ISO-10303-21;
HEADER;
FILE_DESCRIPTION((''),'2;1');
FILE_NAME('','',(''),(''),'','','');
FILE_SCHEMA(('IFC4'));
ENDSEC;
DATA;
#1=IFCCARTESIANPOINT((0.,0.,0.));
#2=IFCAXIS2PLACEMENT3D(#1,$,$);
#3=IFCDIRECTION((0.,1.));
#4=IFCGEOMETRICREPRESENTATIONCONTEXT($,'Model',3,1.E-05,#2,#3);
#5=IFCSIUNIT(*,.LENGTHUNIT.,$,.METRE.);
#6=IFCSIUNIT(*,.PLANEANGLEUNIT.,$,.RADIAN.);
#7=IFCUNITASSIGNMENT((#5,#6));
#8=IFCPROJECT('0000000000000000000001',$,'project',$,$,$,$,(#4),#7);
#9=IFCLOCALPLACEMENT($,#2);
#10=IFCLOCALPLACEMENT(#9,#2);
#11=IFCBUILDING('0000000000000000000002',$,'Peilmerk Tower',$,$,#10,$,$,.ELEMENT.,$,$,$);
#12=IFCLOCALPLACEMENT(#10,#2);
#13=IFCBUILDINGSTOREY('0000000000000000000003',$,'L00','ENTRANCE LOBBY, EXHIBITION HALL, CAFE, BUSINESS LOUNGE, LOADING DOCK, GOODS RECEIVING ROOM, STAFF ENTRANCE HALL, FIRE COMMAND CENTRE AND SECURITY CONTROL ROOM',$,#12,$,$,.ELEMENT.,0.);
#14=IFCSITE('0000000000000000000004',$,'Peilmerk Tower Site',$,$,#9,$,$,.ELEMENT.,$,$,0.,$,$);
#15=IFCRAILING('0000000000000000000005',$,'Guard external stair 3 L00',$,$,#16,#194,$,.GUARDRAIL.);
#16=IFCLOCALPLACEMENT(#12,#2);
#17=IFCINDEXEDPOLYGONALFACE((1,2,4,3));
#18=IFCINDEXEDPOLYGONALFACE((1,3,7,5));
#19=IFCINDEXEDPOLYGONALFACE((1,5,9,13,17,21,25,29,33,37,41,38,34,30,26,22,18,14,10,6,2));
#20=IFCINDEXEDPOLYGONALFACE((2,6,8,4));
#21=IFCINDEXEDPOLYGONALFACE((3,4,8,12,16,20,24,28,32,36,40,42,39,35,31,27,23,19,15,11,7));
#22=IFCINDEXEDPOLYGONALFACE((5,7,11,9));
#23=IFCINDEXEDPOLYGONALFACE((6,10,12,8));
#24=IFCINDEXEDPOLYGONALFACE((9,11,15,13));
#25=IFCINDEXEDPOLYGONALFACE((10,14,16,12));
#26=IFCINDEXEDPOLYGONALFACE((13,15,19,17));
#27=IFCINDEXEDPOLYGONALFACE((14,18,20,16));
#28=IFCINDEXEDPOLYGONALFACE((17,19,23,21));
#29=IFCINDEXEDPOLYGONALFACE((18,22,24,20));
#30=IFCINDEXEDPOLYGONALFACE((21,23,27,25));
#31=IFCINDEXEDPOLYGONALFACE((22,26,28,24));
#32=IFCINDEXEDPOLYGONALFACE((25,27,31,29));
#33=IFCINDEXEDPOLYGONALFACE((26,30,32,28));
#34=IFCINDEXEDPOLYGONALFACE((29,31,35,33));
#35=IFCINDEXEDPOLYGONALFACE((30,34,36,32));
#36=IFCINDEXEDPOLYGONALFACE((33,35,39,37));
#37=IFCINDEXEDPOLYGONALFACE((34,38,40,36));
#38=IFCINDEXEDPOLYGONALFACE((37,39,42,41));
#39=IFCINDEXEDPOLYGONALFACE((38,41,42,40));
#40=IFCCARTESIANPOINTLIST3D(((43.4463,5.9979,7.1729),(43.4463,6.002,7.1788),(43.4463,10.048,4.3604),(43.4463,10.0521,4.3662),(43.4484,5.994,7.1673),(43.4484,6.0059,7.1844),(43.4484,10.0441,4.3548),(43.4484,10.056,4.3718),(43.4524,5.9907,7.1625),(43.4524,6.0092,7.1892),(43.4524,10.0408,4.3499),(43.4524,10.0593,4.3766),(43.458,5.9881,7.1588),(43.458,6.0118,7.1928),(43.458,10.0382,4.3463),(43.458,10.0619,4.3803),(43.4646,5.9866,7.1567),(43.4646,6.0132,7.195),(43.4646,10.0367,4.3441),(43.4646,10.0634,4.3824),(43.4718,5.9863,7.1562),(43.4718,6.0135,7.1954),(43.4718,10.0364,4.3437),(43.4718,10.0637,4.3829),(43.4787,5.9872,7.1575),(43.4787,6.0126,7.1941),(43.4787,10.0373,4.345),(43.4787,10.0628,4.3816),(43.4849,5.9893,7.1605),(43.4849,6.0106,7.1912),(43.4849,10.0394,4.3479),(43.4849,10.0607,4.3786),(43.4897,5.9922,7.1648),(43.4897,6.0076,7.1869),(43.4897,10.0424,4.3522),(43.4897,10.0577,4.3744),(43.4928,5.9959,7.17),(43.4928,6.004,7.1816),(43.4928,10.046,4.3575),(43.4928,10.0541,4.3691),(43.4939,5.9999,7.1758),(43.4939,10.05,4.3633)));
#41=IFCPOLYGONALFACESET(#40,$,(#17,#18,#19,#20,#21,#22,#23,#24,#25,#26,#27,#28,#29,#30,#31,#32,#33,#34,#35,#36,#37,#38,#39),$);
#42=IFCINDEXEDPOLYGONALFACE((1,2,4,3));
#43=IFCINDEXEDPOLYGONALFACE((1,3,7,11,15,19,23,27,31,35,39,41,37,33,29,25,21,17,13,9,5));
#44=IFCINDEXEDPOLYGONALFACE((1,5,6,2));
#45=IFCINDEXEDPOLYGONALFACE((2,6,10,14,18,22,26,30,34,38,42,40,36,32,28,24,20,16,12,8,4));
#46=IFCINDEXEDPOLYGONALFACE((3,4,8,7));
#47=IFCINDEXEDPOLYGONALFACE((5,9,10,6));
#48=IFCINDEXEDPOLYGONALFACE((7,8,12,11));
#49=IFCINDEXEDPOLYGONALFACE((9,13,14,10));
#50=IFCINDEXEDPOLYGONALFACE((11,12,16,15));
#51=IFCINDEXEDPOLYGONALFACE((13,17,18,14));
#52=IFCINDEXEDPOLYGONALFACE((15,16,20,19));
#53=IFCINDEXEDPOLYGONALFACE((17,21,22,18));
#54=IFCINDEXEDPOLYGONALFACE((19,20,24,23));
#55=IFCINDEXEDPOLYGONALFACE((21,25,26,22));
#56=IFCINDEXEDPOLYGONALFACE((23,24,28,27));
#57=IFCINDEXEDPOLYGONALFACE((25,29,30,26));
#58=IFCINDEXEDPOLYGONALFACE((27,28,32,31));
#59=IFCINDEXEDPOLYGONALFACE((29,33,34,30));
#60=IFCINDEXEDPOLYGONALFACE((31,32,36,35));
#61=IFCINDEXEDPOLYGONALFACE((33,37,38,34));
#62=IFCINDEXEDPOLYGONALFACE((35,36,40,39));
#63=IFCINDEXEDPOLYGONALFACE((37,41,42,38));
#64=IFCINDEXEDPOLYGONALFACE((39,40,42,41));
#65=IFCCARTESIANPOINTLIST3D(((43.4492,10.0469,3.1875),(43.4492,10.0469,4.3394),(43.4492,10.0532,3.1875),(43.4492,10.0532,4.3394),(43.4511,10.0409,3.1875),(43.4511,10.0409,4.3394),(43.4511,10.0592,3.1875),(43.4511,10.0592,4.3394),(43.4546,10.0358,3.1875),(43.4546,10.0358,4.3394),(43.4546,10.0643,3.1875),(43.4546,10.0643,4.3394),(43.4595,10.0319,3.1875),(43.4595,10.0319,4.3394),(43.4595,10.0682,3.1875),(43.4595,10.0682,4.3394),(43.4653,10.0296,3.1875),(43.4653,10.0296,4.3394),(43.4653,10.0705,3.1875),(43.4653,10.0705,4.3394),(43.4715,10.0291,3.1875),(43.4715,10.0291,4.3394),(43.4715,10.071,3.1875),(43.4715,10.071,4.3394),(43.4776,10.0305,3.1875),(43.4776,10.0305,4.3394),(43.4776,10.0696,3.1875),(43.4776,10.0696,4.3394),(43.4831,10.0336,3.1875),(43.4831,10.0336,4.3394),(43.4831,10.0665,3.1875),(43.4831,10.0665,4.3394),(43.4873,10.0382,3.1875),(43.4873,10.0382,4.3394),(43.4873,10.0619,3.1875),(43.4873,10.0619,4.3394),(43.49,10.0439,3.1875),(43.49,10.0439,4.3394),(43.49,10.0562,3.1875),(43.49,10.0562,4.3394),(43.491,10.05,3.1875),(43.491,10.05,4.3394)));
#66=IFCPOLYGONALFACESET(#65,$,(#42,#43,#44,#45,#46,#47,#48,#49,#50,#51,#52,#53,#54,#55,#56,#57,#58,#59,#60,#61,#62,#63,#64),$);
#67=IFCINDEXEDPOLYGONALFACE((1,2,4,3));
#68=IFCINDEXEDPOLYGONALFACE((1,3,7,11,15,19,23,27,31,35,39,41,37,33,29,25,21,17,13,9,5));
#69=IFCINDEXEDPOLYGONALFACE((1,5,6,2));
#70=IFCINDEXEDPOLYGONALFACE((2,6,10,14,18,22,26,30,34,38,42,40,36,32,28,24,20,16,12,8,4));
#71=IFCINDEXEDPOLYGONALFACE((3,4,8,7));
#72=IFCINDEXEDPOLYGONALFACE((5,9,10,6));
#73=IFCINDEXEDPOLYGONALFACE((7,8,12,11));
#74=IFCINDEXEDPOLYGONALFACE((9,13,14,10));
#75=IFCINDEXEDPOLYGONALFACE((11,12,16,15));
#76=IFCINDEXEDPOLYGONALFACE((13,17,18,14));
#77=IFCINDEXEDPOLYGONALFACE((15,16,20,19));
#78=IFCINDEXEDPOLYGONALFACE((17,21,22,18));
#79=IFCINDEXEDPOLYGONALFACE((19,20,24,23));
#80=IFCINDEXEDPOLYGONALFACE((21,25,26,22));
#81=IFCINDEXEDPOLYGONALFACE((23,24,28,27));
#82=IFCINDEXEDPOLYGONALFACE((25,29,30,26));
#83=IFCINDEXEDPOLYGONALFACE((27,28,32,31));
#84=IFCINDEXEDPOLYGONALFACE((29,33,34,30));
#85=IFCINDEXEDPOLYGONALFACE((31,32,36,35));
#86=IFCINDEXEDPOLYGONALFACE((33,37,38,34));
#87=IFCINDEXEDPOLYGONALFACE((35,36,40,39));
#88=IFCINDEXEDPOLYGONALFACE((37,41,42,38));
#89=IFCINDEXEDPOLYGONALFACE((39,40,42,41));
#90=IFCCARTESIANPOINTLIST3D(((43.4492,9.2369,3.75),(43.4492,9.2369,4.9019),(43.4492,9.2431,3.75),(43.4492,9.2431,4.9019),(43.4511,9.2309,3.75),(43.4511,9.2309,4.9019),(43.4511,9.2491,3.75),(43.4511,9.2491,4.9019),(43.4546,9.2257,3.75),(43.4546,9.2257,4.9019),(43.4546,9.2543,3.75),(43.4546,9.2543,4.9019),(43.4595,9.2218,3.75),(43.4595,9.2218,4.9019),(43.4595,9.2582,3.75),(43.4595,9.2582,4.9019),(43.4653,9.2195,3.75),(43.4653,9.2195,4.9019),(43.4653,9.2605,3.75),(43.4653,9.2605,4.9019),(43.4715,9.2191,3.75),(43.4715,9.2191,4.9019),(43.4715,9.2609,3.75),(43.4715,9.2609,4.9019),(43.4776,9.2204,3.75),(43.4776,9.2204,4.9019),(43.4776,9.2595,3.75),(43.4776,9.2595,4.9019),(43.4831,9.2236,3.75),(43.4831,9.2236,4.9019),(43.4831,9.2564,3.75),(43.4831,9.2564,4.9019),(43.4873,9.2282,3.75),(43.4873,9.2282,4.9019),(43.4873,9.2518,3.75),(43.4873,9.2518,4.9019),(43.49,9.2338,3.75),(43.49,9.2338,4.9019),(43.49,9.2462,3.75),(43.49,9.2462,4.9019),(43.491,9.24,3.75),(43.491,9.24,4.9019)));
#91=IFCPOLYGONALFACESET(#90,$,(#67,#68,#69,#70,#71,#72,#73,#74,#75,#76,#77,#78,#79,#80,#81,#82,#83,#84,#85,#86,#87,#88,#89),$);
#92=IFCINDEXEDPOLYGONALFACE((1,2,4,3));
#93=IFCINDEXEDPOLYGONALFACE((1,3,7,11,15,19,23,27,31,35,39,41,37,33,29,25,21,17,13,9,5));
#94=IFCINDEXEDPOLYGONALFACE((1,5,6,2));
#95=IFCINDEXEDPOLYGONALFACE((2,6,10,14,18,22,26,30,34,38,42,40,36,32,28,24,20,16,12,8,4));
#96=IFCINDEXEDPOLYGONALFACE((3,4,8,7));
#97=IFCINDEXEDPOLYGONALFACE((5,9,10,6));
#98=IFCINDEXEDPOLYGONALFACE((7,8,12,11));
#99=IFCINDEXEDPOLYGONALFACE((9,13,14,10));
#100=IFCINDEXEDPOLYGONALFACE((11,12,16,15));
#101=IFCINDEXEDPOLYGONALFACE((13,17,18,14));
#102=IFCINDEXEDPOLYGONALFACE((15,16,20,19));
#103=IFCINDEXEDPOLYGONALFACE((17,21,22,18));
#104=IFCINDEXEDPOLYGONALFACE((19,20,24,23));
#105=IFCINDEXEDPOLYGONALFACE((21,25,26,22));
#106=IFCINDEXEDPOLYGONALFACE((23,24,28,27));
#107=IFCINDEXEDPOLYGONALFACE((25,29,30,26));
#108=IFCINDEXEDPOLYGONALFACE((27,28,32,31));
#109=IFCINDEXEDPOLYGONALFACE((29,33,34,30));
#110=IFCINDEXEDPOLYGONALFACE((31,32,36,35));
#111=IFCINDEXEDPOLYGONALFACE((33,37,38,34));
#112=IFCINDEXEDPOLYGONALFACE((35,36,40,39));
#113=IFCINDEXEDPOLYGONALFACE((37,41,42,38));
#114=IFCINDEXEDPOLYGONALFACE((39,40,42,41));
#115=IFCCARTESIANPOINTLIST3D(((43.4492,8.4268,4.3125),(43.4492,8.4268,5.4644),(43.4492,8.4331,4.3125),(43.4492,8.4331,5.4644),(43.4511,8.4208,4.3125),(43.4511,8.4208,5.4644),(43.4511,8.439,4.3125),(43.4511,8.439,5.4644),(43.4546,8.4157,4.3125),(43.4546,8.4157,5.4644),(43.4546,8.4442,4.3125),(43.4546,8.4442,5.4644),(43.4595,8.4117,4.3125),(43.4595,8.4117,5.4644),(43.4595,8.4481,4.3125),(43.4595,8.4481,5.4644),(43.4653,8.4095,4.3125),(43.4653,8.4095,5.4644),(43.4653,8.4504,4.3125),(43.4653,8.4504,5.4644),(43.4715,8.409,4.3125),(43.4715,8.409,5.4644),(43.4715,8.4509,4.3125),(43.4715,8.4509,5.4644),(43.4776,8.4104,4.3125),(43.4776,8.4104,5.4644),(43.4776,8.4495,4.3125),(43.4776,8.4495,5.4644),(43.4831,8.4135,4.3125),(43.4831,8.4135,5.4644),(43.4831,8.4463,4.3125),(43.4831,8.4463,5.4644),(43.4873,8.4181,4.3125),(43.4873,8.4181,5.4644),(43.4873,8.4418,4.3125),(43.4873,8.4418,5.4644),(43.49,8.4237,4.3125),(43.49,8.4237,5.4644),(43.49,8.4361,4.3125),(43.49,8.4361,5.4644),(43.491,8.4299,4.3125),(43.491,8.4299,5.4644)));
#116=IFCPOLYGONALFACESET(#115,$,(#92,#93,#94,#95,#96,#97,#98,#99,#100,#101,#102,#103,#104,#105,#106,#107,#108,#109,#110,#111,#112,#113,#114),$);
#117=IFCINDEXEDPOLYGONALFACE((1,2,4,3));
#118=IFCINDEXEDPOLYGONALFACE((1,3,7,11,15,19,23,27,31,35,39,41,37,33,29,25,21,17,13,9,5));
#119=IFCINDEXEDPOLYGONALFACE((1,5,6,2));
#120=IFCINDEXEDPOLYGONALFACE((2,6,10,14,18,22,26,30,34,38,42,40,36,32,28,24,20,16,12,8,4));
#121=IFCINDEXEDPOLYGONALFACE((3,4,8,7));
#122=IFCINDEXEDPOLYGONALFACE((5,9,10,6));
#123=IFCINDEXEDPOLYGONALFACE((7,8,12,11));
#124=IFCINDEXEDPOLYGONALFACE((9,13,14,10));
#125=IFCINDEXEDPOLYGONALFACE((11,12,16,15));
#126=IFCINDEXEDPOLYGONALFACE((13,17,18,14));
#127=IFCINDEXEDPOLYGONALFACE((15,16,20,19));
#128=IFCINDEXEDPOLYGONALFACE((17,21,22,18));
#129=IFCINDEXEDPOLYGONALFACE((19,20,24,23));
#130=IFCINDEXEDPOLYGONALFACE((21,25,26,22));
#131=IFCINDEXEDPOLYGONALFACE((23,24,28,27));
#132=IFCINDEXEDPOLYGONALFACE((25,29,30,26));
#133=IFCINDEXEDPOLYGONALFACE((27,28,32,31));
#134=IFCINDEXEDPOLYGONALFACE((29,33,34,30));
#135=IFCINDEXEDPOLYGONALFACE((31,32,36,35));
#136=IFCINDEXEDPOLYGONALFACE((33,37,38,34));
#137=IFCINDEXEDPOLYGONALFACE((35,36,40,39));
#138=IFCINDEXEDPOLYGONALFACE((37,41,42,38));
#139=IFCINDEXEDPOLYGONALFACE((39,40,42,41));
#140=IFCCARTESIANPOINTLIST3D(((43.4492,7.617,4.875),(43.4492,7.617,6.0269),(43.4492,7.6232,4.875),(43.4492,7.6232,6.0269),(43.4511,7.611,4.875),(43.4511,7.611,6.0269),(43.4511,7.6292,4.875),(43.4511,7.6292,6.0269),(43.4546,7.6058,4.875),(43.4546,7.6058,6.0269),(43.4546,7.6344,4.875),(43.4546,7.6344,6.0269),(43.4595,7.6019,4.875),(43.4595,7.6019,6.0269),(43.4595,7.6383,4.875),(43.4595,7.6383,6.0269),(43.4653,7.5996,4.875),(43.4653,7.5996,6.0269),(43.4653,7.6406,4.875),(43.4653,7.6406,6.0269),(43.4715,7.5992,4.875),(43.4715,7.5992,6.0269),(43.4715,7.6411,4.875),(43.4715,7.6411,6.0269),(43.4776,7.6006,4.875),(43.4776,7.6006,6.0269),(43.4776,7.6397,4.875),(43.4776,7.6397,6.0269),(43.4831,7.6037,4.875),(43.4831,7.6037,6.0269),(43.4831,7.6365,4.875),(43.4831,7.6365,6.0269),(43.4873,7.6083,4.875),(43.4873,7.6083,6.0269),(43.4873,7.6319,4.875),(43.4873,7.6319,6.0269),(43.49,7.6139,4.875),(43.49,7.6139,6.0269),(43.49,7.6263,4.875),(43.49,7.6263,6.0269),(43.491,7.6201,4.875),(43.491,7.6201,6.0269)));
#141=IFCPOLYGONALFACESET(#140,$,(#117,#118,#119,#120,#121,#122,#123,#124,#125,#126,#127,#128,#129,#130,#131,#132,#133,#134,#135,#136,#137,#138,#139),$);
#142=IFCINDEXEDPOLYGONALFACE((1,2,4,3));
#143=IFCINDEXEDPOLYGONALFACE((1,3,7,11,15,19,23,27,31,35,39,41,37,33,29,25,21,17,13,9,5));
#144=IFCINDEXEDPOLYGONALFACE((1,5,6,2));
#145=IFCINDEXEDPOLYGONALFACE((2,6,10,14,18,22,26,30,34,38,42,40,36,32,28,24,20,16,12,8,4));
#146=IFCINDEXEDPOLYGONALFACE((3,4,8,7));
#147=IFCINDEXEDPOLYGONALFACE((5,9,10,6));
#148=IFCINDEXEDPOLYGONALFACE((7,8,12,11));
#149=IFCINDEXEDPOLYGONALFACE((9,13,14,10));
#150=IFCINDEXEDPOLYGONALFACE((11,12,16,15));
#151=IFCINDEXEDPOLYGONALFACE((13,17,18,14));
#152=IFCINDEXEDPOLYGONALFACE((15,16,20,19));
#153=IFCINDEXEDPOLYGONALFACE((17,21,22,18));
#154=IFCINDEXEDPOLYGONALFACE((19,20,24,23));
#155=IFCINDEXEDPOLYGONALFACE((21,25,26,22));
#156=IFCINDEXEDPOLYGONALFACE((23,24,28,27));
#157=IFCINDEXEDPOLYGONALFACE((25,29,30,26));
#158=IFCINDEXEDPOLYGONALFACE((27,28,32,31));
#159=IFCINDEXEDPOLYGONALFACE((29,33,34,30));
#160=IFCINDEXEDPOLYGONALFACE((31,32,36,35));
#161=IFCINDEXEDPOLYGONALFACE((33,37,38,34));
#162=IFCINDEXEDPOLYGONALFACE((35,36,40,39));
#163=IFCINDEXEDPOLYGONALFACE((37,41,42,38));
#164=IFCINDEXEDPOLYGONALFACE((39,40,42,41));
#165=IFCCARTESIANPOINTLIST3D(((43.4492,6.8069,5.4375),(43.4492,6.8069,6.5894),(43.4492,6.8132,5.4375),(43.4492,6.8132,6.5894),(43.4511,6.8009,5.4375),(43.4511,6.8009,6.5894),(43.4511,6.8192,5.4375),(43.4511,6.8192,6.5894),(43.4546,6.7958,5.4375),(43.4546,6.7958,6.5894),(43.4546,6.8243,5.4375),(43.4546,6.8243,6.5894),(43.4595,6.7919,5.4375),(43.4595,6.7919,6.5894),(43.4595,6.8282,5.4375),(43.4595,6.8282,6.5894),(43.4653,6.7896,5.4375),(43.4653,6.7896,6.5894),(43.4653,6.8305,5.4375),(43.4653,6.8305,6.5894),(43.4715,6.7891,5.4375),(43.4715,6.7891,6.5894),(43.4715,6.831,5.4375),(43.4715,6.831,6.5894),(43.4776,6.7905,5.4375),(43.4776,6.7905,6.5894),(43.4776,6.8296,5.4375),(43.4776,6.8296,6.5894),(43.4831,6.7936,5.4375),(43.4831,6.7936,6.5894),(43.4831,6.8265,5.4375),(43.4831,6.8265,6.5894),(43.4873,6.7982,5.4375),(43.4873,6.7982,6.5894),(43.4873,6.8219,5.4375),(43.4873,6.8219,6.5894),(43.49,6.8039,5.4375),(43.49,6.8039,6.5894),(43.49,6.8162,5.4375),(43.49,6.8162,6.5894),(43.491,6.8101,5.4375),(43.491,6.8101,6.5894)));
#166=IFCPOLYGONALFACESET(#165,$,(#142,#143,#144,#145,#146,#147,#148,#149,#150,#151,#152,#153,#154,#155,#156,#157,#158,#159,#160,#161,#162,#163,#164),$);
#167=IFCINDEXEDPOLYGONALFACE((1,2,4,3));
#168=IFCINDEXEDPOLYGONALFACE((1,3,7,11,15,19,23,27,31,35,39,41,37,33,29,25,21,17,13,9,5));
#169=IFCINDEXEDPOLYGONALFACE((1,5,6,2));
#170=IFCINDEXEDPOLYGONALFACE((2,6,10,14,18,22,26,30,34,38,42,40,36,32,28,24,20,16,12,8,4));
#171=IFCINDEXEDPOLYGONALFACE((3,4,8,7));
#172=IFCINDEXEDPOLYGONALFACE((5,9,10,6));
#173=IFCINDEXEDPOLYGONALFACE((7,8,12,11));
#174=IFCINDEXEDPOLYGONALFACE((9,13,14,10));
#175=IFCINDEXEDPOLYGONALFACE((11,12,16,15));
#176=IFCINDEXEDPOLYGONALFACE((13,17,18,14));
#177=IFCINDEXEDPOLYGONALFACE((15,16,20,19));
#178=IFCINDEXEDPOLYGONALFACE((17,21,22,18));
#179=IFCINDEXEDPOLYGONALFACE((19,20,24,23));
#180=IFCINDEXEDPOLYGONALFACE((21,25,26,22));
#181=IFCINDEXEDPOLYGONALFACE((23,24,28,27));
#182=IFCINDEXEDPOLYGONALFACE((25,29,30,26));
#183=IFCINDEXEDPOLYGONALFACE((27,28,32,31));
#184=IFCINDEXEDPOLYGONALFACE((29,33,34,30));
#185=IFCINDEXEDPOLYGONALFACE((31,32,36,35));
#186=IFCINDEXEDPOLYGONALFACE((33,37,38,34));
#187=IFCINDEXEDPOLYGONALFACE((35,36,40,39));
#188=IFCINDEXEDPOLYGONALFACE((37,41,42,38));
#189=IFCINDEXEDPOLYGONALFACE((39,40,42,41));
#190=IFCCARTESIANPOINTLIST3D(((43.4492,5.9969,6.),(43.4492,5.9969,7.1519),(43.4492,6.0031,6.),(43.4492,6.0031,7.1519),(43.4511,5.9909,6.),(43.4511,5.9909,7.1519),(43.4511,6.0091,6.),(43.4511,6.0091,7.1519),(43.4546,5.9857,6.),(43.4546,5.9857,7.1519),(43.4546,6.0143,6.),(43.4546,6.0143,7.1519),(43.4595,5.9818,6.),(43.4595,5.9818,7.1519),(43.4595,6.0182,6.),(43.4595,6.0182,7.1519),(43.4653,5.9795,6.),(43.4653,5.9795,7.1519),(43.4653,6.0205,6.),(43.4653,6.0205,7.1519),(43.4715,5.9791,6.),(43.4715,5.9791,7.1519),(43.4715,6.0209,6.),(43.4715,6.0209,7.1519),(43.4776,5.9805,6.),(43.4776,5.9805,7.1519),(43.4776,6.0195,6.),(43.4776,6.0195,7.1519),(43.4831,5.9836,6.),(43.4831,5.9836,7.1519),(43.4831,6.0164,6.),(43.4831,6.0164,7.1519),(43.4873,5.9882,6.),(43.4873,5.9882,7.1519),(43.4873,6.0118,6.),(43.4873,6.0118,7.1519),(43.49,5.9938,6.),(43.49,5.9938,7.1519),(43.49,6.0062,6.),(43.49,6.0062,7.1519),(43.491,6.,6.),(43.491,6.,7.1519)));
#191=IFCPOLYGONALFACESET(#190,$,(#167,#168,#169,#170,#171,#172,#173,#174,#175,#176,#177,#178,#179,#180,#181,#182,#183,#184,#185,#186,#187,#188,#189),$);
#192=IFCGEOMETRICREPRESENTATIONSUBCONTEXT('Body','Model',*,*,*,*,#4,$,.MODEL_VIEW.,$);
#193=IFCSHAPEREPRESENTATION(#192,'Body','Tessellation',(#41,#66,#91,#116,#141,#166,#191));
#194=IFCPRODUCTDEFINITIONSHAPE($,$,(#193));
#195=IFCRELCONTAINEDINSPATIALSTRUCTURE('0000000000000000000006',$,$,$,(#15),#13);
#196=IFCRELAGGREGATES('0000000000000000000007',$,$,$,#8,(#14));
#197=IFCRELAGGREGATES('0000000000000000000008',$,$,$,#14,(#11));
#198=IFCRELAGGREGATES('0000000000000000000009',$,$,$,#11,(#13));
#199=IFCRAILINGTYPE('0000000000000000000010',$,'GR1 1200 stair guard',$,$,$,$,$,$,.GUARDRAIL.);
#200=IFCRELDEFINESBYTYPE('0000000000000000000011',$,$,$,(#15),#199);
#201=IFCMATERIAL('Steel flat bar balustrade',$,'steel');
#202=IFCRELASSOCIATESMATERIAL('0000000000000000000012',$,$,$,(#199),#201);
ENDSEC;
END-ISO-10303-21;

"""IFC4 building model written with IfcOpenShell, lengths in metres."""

from ifc_helpers import new_model, si_unit, direction, frame, origin, origin_2d, place, context, subcontext, project, spatial, circle, extrude, material, type_object, element, save


model = new_model("IFC4")

# Units and contexts
model_context = context("Model", 3, precision=1e-05, world=origin(), true_north=direction((0.0, 1.0)))
body_context = subcontext(model_context, "Body", "Model", "MODEL_VIEW")
ifc_project = project(units=[si_unit("LENGTHUNIT", "METRE"), si_unit("PLANEANGLEUNIT", "RADIAN")], contexts=[model_context])

# Site, building, storey
site_placement = place(None, origin())
site = spatial("IfcSite", under=ifc_project, at=site_placement, Name="Peilmerk Tower Site", CompositionType="ELEMENT", RefElevation=0.0)
building_placement = place(site_placement, origin())
building = spatial("IfcBuilding", under=site, at=building_placement, Name="Peilmerk Tower", CompositionType="ELEMENT")
storey_placement = place(building_placement, origin())
storey = spatial("IfcBuildingStorey", under=building, at=storey_placement, Name="L00", Description="ENTRANCE LOBBY, EXHIBITION HALL, CAFE, BUSINESS LOUNGE, LOADING DOCK, GOODS RECEIVING ROOM, STAFF ENTRANCE HALL, FIRE COMMAND CENTRE AND SECURITY CONTROL ROOM", CompositionType="ELEMENT", Elevation=0.0)

# Railing
ifc_material_1 = material(Name="Steel flat bar balustrade", Category="steel")
railing_type_1 = type_object("IfcRailingType", Name="GR1 1200 stair guard", PredefinedType="GUARDRAIL", material=ifc_material_1)
for number, where, name in (
    (1, (43.47, 10.05, 3.1875), "Guard external stair 3 L00"),
):
    element("IfcRailing", number, at=place(storey_placement, frame(where)), inside=storey, type_object=railing_type_1, Name=name, PredefinedType="GUARDRAIL", context=body_context, shape_type="SweptSolid", body=[
        extrude(circle(Radius=0.0239, at=origin_2d()), frame((0.0, 0.0, 1.1758), z_axis=(0.0, -0.821373, 0.570391), x_axis=(1.0, 0.0, 0.0)), (0.0, 0.0, 1.0), 4.9309),
        extrude(circle(Radius=0.021, at=origin_2d()), origin(), (0.0, 0.0, 1.0), 1.1519),
        extrude(circle(Radius=0.021, at=origin_2d()), frame((0.0, -0.8101, 0.5625)), (0.0, 0.0, 1.0), 1.1519),
        extrude(circle(Radius=0.021, at=origin_2d()), frame((0.0, -1.6201, 1.125)), (0.0, 0.0, 1.0), 1.1519),
        extrude(circle(Radius=0.021, at=origin_2d()), frame((0.0, -2.4299, 1.6875)), (0.0, 0.0, 1.0), 1.1519),
        extrude(circle(Radius=0.021, at=origin_2d()), frame((0.0, -3.24, 2.25)), (0.0, 0.0, 1.0), 1.1519),
        extrude(circle(Radius=0.021, at=origin_2d()), frame((0.0, -4.05, 2.8125)), (0.0, 0.0, 1.0), 1.1519),
    ])

save(model, "model.ifc")
